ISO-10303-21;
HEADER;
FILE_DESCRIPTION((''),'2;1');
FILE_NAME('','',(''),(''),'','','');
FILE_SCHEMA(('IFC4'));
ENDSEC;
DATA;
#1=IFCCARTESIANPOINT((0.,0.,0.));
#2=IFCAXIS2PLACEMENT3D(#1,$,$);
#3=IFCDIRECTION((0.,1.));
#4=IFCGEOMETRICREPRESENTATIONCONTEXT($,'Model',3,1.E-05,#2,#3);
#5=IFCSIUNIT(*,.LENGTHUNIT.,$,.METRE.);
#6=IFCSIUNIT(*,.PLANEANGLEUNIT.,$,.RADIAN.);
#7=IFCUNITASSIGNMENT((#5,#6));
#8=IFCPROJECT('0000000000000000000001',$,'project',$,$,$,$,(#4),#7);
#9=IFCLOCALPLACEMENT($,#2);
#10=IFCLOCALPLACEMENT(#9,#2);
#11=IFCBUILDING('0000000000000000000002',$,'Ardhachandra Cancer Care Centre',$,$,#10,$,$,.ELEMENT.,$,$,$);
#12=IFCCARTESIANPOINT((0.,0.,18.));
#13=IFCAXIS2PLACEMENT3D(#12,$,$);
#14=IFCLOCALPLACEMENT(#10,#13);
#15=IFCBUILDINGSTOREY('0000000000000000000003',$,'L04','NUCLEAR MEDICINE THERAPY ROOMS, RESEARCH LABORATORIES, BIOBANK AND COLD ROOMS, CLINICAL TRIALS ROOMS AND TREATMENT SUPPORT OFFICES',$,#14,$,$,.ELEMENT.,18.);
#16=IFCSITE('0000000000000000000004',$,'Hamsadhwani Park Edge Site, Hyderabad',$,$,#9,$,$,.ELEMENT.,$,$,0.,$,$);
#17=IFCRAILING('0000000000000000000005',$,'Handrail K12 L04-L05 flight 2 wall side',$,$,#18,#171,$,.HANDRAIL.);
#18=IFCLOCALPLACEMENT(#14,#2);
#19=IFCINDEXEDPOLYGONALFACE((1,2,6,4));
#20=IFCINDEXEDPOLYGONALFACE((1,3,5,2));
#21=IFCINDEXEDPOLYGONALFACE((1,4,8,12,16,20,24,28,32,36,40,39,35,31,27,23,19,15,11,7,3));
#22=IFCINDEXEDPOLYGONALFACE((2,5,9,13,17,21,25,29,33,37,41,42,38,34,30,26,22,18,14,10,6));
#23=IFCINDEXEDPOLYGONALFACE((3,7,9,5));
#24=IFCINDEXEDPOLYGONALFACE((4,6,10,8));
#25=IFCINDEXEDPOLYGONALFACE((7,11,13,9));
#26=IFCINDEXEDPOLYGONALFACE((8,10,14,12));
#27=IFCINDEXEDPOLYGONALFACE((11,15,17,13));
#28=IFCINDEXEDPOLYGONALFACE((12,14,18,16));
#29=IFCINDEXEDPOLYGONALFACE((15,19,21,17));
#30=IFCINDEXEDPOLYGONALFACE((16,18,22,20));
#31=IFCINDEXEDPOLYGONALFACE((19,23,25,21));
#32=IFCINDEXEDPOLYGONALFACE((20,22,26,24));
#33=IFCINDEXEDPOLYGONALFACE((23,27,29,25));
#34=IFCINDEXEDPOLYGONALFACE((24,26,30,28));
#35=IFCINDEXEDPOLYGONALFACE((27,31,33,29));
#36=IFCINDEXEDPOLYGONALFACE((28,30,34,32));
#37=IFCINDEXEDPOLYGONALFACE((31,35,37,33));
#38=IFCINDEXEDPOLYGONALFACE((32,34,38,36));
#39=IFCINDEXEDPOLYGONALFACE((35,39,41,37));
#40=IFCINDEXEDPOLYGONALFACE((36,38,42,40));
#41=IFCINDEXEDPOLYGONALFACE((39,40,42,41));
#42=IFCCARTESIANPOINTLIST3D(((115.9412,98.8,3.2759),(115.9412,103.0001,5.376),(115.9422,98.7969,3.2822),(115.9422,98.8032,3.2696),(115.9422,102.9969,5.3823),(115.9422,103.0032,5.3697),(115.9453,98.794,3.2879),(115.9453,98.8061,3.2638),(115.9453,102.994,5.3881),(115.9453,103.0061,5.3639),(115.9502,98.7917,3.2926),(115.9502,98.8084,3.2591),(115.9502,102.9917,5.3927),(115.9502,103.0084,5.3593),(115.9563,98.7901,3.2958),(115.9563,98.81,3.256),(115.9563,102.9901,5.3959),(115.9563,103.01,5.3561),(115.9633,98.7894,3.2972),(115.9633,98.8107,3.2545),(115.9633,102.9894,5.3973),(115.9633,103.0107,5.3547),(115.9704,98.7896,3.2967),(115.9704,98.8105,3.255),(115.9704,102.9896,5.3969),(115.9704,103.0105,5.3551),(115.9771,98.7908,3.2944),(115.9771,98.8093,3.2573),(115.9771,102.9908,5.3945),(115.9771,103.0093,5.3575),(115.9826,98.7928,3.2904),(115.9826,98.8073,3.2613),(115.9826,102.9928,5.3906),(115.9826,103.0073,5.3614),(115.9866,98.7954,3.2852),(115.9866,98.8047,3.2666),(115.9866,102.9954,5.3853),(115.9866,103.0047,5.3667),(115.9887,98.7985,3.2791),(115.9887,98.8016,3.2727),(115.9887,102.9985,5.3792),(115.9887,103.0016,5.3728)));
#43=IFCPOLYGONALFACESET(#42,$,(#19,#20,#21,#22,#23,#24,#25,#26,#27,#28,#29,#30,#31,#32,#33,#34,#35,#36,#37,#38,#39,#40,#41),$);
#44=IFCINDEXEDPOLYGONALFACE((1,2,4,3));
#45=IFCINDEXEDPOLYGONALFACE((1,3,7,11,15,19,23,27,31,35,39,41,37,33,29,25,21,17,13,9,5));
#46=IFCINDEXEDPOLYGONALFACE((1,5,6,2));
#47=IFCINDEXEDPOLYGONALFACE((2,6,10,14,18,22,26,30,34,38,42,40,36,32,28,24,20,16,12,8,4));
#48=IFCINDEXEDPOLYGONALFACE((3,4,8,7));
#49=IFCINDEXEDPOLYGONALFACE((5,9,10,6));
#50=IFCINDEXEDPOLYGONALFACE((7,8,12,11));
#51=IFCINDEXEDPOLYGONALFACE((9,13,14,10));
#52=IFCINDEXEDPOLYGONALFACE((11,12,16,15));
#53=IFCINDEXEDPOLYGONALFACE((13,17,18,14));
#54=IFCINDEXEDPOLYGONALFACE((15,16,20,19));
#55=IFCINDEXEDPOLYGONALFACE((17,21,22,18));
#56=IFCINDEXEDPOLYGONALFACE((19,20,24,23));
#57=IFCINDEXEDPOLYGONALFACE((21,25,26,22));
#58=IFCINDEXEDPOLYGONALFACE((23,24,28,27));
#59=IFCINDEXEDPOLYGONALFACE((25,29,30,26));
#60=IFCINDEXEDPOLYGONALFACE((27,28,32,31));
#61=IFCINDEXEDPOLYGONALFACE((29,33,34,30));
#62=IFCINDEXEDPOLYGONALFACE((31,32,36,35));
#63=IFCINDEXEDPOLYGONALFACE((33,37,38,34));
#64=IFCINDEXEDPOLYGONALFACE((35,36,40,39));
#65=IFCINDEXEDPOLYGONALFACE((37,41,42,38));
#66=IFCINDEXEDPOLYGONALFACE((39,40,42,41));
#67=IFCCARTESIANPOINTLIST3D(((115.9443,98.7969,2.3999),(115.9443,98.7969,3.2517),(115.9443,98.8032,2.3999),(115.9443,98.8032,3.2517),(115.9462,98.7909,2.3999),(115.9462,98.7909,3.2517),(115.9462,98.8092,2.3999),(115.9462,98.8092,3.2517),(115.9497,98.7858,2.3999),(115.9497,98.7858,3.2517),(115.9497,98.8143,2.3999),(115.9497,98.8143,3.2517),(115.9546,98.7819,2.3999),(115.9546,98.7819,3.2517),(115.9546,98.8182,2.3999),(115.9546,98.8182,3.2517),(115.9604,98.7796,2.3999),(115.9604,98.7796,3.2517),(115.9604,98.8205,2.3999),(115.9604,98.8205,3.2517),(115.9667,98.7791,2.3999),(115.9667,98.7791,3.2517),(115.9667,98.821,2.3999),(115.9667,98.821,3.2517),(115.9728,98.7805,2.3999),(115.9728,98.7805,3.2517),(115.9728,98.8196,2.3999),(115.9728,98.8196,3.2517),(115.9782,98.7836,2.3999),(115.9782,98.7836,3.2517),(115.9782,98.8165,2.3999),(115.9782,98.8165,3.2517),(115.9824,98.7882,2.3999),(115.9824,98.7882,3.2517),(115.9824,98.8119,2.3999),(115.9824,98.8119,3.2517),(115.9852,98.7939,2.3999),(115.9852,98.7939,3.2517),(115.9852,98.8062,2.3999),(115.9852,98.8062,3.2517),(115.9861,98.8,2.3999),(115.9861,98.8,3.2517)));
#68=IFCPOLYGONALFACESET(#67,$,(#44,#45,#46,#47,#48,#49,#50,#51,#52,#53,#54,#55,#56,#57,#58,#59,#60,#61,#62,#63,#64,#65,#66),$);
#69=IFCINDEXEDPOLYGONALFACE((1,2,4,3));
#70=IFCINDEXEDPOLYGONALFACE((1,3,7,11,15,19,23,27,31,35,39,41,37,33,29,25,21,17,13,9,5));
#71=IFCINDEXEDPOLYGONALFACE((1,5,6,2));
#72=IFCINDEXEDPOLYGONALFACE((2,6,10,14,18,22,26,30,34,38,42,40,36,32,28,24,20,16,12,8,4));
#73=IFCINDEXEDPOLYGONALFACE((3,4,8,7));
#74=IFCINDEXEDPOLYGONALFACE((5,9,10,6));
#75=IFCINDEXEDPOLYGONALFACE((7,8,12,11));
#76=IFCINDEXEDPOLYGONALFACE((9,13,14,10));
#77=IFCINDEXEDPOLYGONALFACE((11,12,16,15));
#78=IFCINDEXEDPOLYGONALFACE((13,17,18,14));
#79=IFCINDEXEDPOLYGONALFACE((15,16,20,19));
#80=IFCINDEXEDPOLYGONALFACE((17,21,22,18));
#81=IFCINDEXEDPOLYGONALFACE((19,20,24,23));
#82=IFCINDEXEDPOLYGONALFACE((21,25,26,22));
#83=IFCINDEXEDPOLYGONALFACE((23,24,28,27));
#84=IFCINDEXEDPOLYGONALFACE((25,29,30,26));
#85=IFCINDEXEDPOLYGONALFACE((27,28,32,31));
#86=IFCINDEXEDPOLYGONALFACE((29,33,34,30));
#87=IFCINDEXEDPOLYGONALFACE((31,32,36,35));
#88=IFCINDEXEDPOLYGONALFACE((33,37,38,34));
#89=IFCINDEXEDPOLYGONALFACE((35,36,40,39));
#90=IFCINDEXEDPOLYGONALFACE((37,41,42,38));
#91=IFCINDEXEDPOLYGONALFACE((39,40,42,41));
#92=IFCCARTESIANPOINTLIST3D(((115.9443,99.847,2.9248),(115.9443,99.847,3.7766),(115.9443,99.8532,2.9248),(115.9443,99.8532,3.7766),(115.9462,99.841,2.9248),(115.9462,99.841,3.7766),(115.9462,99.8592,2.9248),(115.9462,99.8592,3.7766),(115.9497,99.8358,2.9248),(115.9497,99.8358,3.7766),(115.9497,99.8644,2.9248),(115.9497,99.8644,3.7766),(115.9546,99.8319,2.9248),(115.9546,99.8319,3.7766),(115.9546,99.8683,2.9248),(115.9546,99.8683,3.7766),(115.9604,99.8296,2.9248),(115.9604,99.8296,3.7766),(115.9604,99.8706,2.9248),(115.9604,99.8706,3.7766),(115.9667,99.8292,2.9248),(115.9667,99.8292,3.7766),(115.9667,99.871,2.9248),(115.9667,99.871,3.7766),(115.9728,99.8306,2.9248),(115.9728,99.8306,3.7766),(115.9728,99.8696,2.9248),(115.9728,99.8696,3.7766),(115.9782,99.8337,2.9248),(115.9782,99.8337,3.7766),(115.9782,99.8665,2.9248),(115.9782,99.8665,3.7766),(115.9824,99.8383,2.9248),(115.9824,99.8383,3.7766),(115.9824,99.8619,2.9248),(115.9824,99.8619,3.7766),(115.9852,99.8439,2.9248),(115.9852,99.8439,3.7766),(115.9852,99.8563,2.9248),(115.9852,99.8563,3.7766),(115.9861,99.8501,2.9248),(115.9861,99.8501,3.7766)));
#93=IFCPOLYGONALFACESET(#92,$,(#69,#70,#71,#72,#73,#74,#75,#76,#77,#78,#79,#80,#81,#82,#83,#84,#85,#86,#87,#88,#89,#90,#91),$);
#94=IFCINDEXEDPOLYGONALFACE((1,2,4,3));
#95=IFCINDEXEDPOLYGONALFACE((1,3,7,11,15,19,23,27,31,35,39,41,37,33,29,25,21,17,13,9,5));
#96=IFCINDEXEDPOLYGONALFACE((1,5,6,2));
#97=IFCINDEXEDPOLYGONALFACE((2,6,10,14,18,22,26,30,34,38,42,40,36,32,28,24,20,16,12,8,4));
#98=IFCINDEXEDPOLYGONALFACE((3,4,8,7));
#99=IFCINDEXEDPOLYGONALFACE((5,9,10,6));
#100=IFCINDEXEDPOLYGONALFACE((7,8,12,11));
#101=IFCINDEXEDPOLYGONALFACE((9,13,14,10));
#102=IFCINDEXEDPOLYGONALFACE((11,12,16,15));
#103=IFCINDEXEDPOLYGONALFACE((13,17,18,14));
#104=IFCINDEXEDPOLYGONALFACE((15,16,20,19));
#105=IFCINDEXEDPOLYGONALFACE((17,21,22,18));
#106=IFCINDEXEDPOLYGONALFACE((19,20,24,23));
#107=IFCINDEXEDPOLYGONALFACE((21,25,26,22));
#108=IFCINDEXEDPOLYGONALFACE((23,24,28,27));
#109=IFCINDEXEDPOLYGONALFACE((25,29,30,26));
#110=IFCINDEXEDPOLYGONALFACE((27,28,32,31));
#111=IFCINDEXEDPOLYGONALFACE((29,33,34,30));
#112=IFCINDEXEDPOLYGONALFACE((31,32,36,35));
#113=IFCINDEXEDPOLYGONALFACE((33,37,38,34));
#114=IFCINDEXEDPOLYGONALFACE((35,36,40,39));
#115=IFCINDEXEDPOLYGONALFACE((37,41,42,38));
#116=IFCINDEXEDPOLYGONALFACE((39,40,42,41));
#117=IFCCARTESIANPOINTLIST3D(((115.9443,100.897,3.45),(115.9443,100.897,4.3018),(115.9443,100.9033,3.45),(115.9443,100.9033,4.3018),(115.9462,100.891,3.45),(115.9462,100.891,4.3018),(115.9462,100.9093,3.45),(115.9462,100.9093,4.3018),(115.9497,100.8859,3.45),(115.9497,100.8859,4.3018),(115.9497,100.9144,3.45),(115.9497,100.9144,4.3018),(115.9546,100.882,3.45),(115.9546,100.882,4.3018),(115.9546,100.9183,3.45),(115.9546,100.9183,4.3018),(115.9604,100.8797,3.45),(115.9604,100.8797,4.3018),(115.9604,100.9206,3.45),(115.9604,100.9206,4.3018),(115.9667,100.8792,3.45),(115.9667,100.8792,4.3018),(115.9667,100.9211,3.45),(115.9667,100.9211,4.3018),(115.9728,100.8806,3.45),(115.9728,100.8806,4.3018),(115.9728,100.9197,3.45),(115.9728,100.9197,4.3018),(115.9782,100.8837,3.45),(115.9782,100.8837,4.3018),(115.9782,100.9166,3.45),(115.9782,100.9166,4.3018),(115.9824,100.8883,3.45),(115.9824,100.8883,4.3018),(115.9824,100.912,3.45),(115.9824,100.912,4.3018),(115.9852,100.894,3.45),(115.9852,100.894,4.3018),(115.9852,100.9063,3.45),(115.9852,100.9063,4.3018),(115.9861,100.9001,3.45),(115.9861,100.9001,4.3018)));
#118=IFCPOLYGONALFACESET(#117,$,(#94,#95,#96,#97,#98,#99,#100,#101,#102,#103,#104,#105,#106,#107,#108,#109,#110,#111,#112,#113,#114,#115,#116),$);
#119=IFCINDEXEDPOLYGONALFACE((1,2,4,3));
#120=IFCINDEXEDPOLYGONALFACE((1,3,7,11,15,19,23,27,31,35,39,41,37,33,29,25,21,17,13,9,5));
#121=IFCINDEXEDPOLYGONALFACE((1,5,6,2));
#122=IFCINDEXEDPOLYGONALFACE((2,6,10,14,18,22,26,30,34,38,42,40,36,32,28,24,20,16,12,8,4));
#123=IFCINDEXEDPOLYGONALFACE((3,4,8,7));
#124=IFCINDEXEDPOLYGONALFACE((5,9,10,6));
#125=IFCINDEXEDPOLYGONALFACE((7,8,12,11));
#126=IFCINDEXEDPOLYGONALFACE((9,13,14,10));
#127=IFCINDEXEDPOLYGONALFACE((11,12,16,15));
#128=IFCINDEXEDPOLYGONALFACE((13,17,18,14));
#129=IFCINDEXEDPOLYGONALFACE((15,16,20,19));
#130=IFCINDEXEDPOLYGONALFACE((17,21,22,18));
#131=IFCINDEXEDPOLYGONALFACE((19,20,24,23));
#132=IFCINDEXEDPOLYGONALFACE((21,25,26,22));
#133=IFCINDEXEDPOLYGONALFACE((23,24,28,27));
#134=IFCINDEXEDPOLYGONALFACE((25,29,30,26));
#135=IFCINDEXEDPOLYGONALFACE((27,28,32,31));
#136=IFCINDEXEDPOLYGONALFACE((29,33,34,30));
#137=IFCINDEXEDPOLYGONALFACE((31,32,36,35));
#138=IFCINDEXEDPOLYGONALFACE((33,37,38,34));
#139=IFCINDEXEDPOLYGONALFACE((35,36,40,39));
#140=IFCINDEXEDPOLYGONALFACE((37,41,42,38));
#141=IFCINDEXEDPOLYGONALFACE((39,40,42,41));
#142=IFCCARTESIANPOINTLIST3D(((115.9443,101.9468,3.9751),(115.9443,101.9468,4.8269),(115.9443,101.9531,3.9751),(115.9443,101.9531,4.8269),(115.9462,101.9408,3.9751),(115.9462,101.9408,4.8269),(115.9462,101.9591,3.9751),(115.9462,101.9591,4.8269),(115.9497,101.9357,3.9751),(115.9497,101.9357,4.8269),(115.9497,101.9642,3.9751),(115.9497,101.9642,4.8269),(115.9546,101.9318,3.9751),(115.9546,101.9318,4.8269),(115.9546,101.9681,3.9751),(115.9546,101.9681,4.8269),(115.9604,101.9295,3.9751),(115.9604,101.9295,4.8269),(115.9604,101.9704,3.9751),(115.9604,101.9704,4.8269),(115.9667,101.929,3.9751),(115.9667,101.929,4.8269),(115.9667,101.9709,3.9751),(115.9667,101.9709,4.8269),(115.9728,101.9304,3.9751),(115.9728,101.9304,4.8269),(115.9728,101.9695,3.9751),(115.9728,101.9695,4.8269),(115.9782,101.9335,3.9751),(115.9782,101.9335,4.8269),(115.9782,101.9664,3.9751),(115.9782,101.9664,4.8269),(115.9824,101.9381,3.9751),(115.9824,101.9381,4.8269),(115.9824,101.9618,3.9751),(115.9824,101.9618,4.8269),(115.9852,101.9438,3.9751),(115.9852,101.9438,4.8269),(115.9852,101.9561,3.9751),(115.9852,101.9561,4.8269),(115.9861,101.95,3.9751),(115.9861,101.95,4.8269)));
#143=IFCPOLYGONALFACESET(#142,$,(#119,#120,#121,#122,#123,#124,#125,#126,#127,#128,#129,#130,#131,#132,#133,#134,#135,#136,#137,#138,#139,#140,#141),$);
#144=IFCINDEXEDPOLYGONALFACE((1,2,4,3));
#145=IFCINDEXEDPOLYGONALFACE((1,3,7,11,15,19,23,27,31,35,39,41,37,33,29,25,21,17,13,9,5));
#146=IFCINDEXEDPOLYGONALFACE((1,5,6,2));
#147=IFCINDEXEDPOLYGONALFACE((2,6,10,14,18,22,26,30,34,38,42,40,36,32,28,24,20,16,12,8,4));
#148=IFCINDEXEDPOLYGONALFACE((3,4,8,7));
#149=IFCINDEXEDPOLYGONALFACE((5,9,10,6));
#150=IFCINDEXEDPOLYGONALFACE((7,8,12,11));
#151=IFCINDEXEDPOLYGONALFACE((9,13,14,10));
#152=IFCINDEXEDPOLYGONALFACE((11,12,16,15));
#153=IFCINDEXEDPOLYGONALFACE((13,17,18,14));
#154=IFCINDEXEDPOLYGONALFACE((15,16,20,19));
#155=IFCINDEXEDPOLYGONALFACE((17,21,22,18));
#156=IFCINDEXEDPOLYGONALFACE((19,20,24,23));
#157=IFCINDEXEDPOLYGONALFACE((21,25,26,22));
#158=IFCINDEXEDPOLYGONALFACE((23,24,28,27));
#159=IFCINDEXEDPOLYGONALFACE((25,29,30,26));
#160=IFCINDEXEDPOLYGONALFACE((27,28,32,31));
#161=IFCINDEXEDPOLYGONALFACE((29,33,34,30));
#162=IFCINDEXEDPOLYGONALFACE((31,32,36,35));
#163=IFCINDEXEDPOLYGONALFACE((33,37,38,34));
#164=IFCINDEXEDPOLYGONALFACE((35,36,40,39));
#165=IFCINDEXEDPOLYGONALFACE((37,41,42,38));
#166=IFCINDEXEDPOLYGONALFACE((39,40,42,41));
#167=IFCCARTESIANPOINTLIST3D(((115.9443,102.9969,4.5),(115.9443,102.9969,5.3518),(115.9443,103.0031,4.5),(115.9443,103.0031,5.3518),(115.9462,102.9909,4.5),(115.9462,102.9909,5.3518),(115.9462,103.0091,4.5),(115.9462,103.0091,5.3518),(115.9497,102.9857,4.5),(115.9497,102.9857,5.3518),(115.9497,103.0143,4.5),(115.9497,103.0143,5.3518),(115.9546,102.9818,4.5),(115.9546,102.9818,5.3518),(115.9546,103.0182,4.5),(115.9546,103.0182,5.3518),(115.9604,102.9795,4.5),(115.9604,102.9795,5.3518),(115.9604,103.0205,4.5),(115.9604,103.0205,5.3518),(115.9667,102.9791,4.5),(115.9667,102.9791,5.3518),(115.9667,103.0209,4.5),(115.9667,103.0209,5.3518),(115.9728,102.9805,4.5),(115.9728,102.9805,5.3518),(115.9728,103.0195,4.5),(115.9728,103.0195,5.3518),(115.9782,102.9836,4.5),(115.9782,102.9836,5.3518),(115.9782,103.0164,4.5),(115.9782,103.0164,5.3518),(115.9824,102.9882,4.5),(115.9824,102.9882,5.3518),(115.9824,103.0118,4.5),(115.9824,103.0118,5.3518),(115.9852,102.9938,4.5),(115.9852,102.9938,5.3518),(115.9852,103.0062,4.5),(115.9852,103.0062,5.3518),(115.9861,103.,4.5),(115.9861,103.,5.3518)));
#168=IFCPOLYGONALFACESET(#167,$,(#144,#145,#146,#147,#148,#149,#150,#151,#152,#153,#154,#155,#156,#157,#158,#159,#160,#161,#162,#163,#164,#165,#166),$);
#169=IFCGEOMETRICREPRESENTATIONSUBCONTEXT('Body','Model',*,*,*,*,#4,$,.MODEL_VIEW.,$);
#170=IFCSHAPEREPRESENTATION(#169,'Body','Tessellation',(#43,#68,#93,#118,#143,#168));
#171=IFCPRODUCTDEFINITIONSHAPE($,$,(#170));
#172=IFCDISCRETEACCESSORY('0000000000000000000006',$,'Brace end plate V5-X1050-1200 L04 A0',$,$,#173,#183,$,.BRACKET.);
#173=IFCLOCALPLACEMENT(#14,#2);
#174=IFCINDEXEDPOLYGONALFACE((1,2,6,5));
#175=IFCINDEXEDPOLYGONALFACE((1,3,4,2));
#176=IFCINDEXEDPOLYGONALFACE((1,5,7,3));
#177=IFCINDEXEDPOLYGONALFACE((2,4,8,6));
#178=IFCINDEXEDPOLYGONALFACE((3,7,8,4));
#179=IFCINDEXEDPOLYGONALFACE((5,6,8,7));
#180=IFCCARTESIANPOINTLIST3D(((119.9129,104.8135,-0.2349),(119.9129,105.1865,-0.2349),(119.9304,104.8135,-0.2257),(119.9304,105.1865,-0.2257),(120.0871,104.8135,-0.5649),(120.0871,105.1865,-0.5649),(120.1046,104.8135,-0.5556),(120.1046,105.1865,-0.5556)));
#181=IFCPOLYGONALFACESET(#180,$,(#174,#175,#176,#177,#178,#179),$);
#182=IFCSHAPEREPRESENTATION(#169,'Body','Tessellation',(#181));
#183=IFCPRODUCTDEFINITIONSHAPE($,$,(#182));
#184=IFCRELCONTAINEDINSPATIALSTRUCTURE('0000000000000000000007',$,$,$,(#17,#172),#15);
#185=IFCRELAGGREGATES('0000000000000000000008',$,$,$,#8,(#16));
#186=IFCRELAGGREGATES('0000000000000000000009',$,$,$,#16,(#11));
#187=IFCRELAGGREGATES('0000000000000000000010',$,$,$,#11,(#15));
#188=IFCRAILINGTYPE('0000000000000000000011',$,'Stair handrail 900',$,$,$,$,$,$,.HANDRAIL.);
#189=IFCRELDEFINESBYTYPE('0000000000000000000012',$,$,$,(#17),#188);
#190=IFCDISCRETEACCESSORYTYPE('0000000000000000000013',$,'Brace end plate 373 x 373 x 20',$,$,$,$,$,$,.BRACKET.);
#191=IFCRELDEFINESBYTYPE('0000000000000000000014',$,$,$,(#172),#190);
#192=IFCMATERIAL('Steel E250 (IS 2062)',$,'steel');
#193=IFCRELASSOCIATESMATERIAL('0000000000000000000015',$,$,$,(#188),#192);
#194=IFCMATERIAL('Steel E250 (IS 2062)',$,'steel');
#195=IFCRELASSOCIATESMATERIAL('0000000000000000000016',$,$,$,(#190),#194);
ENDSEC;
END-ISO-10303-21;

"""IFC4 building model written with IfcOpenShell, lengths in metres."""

from ifc_helpers import new_model, si_unit, direction, frame, origin, origin_2d, place, context, subcontext, project, spatial, rectangle, circle, extrude, material, material_profile, profile_set, type_object, element, save


model = new_model("IFC4")

# Units and contexts
model_context = context("Model", 3, precision=1e-05, world=origin(), true_north=direction((0.0, 1.0)))
body_context = subcontext(model_context, "Body", "Model", "MODEL_VIEW")
ifc_project = project(units=[si_unit("LENGTHUNIT", "METRE"), si_unit("PLANEANGLEUNIT", "RADIAN")], contexts=[model_context])

# Site, building, storey
site_placement = place(None, origin())
site = spatial("IfcSite", under=ifc_project, at=site_placement, Name="Hamsadhwani Park Edge Site, Hyderabad", CompositionType="ELEMENT", RefElevation=0.0)
building_placement = place(site_placement, origin())
building = spatial("IfcBuilding", under=site, at=building_placement, Name="Ardhachandra Cancer Care Centre", CompositionType="ELEMENT")
storey_placement = place(building_placement, frame((0.0, 0.0, 18.0)))
storey = spatial("IfcBuildingStorey", under=building, at=storey_placement, Name="L04", Description="NUCLEAR MEDICINE THERAPY ROOMS, RESEARCH LABORATORIES, BIOBANK AND COLD ROOMS, CLINICAL TRIALS ROOMS AND TREATMENT SUPPORT OFFICES", CompositionType="ELEMENT", Elevation=18.0)

# Railing
ifc_material_1 = material(Name="Steel E250 (IS 2062)", Category="steel")
railing_type_1 = type_object("IfcRailingType", Name="Stair handrail 900", PredefinedType="HANDRAIL", material=ifc_material_1)
for number, where, name in (
    (1, (115.9651, 98.8, 2.3999), "Handrail K12 L04-L05 flight 2 wall side"),
):
    element("IfcRailing", number, at=place(storey_placement, frame(where)), inside=storey, type_object=railing_type_1, Name=name, PredefinedType="HANDRAIL", context=body_context, shape_type="SweptSolid", body=[
        extrude(circle(Radius=0.0239, at=origin_2d()), frame((0.0, 0.0, 0.876), z_axis=(0.0, 0.894417, 0.447234), x_axis=(-1.0, 0.0, 0.0)), (0.0, 0.0, 1.0), 4.6958),
        extrude(circle(Radius=0.021, at=origin_2d()), origin(), (0.0, 0.0, 1.0), 0.8518),
        extrude(circle(Radius=0.021, at=origin_2d()), frame((0.0, 1.05, 0.5249)), (0.0, 0.0, 1.0), 0.8518),
        extrude(circle(Radius=0.021, at=origin_2d()), frame((0.0, 2.1001, 1.05)), (0.0, 0.0, 1.0), 0.8518),
        extrude(circle(Radius=0.021, at=origin_2d()), frame((0.0, 3.1499, 1.5752)), (0.0, 0.0, 1.0), 0.8518),
        extrude(circle(Radius=0.021, at=origin_2d()), frame((0.0, 4.2, 2.1001)), (0.0, 0.0, 1.0), 0.8518),
    ])

# Discrete accessory
ifc_material_2 = material(Name="Steel E250 (IS 2062)", Category="steel")
ifc_material_profile_1 = material_profile(ifc_material_2, rectangle(XDim=0.373, YDim=0.373, at=origin_2d()), Name="PL 373x373x20")
ifc_profile_set_1 = profile_set([ifc_material_profile_1], Name="Steel E250 (IS 2062)")
discrete_accessory_type = type_object("IfcDiscreteAccessoryType", Name="Brace end plate 373 x 373 x 20", PredefinedType="BRACKET", material=ifc_profile_set_1)
discrete_accessory_placement = place(storey_placement, frame((120.0, 105.0, -0.3999), z_axis=(0.884385, 0.0, 0.466759), x_axis=(0.0, 1.0, 0.0)))
element("IfcDiscreteAccessory", 2, at=discrete_accessory_placement, inside=storey, type_object=discrete_accessory_type, Name="Brace end plate V5-X1050-1200 L04 A0", PredefinedType="BRACKET", context=body_context, shape_type="SweptSolid", body=[
    extrude(rectangle(XDim=0.373, YDim=0.373, at=origin_2d()), origin(), (0.0, 0.0, 1.0), 0.0198),
])

save(model, "model.ifc")
